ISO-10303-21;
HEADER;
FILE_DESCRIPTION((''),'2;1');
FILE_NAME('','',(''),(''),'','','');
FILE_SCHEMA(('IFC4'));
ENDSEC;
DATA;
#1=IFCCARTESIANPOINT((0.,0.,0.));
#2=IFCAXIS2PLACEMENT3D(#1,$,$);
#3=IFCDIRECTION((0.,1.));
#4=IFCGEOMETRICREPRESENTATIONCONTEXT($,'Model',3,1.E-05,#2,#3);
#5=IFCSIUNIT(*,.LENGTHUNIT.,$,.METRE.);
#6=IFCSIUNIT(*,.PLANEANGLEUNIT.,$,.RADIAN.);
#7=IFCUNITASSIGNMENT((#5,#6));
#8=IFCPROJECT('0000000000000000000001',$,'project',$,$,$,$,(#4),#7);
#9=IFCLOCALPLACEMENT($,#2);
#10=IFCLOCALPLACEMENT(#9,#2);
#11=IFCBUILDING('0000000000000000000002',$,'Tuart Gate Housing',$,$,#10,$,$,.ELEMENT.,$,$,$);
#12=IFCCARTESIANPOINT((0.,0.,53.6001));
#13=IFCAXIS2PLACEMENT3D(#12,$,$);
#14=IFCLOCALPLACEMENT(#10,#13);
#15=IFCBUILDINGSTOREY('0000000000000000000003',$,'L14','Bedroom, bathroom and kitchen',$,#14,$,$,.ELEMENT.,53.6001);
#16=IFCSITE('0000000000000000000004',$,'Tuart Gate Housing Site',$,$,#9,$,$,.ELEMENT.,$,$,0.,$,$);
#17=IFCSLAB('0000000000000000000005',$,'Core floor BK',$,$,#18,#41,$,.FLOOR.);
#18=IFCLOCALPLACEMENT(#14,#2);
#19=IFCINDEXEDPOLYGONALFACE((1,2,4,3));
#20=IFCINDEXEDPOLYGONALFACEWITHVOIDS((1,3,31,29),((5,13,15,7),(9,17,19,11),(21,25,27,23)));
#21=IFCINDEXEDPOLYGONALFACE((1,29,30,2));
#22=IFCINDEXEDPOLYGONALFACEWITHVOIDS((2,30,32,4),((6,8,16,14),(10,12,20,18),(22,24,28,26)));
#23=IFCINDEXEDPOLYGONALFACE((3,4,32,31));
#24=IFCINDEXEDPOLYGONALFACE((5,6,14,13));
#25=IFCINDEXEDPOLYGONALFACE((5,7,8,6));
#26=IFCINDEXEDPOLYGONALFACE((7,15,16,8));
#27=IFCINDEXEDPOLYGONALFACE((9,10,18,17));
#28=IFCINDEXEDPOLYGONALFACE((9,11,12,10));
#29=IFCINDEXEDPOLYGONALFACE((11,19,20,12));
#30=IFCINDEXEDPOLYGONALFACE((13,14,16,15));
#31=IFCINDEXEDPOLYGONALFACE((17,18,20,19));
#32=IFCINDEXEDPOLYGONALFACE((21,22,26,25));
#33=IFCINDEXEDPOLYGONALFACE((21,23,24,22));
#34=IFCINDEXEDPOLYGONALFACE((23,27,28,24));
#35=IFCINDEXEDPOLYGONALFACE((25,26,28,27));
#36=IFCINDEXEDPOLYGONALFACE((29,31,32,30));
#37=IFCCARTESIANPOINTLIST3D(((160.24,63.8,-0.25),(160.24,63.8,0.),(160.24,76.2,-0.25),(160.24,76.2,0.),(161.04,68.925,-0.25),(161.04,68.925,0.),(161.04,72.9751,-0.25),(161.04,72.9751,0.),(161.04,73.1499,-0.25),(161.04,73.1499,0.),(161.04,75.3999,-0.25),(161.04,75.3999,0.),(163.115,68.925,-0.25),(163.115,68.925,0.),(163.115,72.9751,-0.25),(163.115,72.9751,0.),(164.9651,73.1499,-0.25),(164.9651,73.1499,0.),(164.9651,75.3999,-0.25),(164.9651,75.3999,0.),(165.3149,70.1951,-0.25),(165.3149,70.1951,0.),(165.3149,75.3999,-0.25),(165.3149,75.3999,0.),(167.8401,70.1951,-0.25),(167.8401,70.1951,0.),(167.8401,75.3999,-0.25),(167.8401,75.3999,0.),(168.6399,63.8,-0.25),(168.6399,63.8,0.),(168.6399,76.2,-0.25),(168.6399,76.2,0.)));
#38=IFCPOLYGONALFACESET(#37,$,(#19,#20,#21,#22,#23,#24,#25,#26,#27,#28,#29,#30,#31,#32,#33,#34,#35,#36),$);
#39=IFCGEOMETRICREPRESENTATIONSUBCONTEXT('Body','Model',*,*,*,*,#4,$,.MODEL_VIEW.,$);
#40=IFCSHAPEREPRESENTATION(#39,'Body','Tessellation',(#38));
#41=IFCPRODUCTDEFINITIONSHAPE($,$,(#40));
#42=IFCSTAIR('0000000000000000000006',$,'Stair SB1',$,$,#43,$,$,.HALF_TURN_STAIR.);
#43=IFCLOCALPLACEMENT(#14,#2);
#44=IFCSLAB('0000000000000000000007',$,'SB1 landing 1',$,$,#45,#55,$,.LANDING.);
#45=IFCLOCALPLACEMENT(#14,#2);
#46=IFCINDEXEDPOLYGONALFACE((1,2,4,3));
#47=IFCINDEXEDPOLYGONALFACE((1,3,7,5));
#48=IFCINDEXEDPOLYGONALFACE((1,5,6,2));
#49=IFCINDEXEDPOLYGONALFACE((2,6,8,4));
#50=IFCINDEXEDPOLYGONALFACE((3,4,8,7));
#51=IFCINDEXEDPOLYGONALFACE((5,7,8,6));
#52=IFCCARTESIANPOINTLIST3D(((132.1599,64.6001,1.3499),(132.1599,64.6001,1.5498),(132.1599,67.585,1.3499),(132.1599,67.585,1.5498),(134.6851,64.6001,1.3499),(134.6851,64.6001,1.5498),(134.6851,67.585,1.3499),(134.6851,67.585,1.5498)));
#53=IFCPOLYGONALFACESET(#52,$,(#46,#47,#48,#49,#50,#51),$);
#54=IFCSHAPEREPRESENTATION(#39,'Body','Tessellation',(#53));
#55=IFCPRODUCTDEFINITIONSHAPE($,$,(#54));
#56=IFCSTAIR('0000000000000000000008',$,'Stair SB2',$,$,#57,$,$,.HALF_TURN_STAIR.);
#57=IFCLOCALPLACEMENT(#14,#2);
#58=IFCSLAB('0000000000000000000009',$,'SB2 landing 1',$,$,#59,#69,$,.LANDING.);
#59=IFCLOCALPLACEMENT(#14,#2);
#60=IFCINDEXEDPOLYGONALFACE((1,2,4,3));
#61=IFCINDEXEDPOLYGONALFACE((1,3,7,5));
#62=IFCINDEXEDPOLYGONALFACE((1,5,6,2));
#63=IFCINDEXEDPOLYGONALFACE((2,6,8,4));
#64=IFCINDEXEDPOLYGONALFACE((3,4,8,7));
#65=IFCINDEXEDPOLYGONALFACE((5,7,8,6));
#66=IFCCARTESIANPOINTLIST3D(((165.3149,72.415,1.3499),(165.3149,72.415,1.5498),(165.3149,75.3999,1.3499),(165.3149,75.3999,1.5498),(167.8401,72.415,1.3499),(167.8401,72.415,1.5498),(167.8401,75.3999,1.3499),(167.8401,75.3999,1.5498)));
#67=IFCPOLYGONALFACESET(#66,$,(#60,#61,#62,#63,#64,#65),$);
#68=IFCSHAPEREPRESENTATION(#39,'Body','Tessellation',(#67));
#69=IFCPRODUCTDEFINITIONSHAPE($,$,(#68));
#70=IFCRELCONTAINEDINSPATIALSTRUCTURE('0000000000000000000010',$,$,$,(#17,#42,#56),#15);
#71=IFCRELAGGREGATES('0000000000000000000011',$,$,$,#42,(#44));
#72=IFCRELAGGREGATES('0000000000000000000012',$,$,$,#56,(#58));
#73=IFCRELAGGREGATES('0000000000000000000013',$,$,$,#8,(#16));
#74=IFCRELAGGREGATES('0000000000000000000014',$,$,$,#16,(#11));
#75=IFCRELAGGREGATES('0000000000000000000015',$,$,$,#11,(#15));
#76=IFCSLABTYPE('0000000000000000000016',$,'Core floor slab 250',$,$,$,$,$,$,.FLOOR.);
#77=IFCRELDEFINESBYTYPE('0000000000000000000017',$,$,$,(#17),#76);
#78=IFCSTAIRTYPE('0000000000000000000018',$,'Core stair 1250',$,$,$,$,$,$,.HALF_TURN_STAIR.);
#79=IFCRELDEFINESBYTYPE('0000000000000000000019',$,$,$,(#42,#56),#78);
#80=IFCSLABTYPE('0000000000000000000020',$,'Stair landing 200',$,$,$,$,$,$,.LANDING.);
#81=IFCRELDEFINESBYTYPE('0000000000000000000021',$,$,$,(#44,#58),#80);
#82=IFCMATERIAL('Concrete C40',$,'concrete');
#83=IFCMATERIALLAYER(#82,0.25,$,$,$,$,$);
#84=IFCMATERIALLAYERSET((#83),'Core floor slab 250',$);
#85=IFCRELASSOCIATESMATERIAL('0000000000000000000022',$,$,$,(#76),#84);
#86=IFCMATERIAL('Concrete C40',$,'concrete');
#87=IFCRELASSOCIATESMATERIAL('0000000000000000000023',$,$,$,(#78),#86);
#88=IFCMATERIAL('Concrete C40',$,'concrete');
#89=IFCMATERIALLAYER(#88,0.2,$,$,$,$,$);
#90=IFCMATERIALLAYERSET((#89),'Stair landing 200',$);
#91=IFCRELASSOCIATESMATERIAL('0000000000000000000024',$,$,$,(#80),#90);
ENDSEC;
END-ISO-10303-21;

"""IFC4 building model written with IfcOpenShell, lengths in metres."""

from ifc_helpers import new_model, si_unit, direction, frame, origin, place, context, subcontext, project, spatial, polyline, outline, extrude, material, layer, layer_set, type_object, element, aggregate, save


model = new_model("IFC4")

# Units and contexts
model_context = context("Model", 3, precision=1e-05, world=origin(), true_north=direction((0.0, 1.0)))
body_context = subcontext(model_context, "Body", "Model", "MODEL_VIEW")
ifc_project = project(units=[si_unit("LENGTHUNIT", "METRE"), si_unit("PLANEANGLEUNIT", "RADIAN")], contexts=[model_context])

# Site, building, storey
site_placement = place(None, origin())
site = spatial("IfcSite", under=ifc_project, at=site_placement, Name="Tuart Gate Housing Site", CompositionType="ELEMENT", RefElevation=0.0)
building_placement = place(site_placement, origin())
building = spatial("IfcBuilding", under=site, at=building_placement, Name="Tuart Gate Housing", CompositionType="ELEMENT")
storey_placement = place(building_placement, frame((0.0, 0.0, 53.6001)))
storey = spatial("IfcBuildingStorey", under=building, at=storey_placement, Name="L14", Description="Bedroom, bathroom and kitchen", CompositionType="ELEMENT", Elevation=53.6001)

# Slab
ifc_material_1 = material(Name="Concrete C40", Category="concrete")
ifc_layer_1 = layer(ifc_material_1, 0.25)
ifc_layer_set_1 = layer_set([ifc_layer_1], Name="Core floor slab 250")
slab_type_1 = type_object("IfcSlabType", Name="Core floor slab 250", PredefinedType="FLOOR", material=ifc_layer_set_1)
slab_1_placement = place(storey_placement, frame((0.0, 0.0, -0.25)))
element("IfcSlab", 1, at=slab_1_placement, inside=storey, type_object=slab_type_1, Name="Core floor BK", PredefinedType="FLOOR", context=body_context, shape_type="SweptSolid", body=[
    extrude(outline(polyline([(160.24, 63.8), (168.6399, 63.8), (168.6399, 76.2), (160.24, 76.2), (160.24, 63.8)]), holes=[polyline([(161.04, 73.1499), (164.9651, 73.1499), (164.9651, 75.3999), (161.04, 75.3999), (161.04, 73.1499)]), polyline([(161.04, 68.925), (163.115, 68.925), (163.115, 72.9751), (161.04, 72.9751), (161.04, 68.925)]), polyline([(165.3149, 70.1951), (167.8401, 70.1951), (167.8401, 75.3999), (165.3149, 75.3999), (165.3149, 70.1951)])]), origin(), (0.0, 0.0, 1.0), 0.25),
])

# Stairs, slabs
ifc_material_2 = material(Name="Concrete C40", Category="concrete")
stair_type = type_object("IfcStairType", Name="Core stair 1250", PredefinedType="HALF_TURN_STAIR", material=ifc_material_2)
stair_1_placement = place(storey_placement, origin())
stair_1 = element("IfcStair", 2, at=stair_1_placement, inside=storey, type_object=stair_type, Name="Stair SB1", PredefinedType="HALF_TURN_STAIR")
ifc_material_3 = material(Name="Concrete C40", Category="concrete")
ifc_layer_2 = layer(ifc_material_3, 0.2)
ifc_layer_set_2 = layer_set([ifc_layer_2], Name="Stair landing 200")
slab_type_2 = type_object("IfcSlabType", Name="Stair landing 200", PredefinedType="LANDING", material=ifc_layer_set_2)
slab_2_placement = place(storey_placement, frame((0.0, 0.0, 1.3499)))
slab_2 = element("IfcSlab", 3, at=slab_2_placement, type_object=slab_type_2, Name="SB1 landing 1", PredefinedType="LANDING", context=body_context, shape_type="SweptSolid", body=[
    extrude(outline(polyline([(134.6851, 67.585), (132.1599, 67.585), (132.1599, 64.6001), (134.6851, 64.6001), (134.6851, 67.585)])), origin(), (0.0, 0.0, 1.0), 0.2),
])
aggregate(stair_1, [slab_2])
stair_2_placement = place(storey_placement, origin())
stair_2 = element("IfcStair", 4, at=stair_2_placement, inside=storey, type_object=stair_type, Name="Stair SB2", PredefinedType="HALF_TURN_STAIR")
slab_3_placement = place(storey_placement, frame((0.0, 0.0, 1.3499)))
slab_3 = element("IfcSlab", 5, at=slab_3_placement, type_object=slab_type_2, Name="SB2 landing 1", PredefinedType="LANDING", context=body_context, shape_type="SweptSolid", body=[
    extrude(outline(polyline([(165.3149, 72.415), (167.8401, 72.415), (167.8401, 75.3999), (165.3149, 75.3999), (165.3149, 72.415)])), origin(), (0.0, 0.0, 1.0), 0.2),
])
aggregate(stair_2, [slab_3])

save(model, "model.ifc")
